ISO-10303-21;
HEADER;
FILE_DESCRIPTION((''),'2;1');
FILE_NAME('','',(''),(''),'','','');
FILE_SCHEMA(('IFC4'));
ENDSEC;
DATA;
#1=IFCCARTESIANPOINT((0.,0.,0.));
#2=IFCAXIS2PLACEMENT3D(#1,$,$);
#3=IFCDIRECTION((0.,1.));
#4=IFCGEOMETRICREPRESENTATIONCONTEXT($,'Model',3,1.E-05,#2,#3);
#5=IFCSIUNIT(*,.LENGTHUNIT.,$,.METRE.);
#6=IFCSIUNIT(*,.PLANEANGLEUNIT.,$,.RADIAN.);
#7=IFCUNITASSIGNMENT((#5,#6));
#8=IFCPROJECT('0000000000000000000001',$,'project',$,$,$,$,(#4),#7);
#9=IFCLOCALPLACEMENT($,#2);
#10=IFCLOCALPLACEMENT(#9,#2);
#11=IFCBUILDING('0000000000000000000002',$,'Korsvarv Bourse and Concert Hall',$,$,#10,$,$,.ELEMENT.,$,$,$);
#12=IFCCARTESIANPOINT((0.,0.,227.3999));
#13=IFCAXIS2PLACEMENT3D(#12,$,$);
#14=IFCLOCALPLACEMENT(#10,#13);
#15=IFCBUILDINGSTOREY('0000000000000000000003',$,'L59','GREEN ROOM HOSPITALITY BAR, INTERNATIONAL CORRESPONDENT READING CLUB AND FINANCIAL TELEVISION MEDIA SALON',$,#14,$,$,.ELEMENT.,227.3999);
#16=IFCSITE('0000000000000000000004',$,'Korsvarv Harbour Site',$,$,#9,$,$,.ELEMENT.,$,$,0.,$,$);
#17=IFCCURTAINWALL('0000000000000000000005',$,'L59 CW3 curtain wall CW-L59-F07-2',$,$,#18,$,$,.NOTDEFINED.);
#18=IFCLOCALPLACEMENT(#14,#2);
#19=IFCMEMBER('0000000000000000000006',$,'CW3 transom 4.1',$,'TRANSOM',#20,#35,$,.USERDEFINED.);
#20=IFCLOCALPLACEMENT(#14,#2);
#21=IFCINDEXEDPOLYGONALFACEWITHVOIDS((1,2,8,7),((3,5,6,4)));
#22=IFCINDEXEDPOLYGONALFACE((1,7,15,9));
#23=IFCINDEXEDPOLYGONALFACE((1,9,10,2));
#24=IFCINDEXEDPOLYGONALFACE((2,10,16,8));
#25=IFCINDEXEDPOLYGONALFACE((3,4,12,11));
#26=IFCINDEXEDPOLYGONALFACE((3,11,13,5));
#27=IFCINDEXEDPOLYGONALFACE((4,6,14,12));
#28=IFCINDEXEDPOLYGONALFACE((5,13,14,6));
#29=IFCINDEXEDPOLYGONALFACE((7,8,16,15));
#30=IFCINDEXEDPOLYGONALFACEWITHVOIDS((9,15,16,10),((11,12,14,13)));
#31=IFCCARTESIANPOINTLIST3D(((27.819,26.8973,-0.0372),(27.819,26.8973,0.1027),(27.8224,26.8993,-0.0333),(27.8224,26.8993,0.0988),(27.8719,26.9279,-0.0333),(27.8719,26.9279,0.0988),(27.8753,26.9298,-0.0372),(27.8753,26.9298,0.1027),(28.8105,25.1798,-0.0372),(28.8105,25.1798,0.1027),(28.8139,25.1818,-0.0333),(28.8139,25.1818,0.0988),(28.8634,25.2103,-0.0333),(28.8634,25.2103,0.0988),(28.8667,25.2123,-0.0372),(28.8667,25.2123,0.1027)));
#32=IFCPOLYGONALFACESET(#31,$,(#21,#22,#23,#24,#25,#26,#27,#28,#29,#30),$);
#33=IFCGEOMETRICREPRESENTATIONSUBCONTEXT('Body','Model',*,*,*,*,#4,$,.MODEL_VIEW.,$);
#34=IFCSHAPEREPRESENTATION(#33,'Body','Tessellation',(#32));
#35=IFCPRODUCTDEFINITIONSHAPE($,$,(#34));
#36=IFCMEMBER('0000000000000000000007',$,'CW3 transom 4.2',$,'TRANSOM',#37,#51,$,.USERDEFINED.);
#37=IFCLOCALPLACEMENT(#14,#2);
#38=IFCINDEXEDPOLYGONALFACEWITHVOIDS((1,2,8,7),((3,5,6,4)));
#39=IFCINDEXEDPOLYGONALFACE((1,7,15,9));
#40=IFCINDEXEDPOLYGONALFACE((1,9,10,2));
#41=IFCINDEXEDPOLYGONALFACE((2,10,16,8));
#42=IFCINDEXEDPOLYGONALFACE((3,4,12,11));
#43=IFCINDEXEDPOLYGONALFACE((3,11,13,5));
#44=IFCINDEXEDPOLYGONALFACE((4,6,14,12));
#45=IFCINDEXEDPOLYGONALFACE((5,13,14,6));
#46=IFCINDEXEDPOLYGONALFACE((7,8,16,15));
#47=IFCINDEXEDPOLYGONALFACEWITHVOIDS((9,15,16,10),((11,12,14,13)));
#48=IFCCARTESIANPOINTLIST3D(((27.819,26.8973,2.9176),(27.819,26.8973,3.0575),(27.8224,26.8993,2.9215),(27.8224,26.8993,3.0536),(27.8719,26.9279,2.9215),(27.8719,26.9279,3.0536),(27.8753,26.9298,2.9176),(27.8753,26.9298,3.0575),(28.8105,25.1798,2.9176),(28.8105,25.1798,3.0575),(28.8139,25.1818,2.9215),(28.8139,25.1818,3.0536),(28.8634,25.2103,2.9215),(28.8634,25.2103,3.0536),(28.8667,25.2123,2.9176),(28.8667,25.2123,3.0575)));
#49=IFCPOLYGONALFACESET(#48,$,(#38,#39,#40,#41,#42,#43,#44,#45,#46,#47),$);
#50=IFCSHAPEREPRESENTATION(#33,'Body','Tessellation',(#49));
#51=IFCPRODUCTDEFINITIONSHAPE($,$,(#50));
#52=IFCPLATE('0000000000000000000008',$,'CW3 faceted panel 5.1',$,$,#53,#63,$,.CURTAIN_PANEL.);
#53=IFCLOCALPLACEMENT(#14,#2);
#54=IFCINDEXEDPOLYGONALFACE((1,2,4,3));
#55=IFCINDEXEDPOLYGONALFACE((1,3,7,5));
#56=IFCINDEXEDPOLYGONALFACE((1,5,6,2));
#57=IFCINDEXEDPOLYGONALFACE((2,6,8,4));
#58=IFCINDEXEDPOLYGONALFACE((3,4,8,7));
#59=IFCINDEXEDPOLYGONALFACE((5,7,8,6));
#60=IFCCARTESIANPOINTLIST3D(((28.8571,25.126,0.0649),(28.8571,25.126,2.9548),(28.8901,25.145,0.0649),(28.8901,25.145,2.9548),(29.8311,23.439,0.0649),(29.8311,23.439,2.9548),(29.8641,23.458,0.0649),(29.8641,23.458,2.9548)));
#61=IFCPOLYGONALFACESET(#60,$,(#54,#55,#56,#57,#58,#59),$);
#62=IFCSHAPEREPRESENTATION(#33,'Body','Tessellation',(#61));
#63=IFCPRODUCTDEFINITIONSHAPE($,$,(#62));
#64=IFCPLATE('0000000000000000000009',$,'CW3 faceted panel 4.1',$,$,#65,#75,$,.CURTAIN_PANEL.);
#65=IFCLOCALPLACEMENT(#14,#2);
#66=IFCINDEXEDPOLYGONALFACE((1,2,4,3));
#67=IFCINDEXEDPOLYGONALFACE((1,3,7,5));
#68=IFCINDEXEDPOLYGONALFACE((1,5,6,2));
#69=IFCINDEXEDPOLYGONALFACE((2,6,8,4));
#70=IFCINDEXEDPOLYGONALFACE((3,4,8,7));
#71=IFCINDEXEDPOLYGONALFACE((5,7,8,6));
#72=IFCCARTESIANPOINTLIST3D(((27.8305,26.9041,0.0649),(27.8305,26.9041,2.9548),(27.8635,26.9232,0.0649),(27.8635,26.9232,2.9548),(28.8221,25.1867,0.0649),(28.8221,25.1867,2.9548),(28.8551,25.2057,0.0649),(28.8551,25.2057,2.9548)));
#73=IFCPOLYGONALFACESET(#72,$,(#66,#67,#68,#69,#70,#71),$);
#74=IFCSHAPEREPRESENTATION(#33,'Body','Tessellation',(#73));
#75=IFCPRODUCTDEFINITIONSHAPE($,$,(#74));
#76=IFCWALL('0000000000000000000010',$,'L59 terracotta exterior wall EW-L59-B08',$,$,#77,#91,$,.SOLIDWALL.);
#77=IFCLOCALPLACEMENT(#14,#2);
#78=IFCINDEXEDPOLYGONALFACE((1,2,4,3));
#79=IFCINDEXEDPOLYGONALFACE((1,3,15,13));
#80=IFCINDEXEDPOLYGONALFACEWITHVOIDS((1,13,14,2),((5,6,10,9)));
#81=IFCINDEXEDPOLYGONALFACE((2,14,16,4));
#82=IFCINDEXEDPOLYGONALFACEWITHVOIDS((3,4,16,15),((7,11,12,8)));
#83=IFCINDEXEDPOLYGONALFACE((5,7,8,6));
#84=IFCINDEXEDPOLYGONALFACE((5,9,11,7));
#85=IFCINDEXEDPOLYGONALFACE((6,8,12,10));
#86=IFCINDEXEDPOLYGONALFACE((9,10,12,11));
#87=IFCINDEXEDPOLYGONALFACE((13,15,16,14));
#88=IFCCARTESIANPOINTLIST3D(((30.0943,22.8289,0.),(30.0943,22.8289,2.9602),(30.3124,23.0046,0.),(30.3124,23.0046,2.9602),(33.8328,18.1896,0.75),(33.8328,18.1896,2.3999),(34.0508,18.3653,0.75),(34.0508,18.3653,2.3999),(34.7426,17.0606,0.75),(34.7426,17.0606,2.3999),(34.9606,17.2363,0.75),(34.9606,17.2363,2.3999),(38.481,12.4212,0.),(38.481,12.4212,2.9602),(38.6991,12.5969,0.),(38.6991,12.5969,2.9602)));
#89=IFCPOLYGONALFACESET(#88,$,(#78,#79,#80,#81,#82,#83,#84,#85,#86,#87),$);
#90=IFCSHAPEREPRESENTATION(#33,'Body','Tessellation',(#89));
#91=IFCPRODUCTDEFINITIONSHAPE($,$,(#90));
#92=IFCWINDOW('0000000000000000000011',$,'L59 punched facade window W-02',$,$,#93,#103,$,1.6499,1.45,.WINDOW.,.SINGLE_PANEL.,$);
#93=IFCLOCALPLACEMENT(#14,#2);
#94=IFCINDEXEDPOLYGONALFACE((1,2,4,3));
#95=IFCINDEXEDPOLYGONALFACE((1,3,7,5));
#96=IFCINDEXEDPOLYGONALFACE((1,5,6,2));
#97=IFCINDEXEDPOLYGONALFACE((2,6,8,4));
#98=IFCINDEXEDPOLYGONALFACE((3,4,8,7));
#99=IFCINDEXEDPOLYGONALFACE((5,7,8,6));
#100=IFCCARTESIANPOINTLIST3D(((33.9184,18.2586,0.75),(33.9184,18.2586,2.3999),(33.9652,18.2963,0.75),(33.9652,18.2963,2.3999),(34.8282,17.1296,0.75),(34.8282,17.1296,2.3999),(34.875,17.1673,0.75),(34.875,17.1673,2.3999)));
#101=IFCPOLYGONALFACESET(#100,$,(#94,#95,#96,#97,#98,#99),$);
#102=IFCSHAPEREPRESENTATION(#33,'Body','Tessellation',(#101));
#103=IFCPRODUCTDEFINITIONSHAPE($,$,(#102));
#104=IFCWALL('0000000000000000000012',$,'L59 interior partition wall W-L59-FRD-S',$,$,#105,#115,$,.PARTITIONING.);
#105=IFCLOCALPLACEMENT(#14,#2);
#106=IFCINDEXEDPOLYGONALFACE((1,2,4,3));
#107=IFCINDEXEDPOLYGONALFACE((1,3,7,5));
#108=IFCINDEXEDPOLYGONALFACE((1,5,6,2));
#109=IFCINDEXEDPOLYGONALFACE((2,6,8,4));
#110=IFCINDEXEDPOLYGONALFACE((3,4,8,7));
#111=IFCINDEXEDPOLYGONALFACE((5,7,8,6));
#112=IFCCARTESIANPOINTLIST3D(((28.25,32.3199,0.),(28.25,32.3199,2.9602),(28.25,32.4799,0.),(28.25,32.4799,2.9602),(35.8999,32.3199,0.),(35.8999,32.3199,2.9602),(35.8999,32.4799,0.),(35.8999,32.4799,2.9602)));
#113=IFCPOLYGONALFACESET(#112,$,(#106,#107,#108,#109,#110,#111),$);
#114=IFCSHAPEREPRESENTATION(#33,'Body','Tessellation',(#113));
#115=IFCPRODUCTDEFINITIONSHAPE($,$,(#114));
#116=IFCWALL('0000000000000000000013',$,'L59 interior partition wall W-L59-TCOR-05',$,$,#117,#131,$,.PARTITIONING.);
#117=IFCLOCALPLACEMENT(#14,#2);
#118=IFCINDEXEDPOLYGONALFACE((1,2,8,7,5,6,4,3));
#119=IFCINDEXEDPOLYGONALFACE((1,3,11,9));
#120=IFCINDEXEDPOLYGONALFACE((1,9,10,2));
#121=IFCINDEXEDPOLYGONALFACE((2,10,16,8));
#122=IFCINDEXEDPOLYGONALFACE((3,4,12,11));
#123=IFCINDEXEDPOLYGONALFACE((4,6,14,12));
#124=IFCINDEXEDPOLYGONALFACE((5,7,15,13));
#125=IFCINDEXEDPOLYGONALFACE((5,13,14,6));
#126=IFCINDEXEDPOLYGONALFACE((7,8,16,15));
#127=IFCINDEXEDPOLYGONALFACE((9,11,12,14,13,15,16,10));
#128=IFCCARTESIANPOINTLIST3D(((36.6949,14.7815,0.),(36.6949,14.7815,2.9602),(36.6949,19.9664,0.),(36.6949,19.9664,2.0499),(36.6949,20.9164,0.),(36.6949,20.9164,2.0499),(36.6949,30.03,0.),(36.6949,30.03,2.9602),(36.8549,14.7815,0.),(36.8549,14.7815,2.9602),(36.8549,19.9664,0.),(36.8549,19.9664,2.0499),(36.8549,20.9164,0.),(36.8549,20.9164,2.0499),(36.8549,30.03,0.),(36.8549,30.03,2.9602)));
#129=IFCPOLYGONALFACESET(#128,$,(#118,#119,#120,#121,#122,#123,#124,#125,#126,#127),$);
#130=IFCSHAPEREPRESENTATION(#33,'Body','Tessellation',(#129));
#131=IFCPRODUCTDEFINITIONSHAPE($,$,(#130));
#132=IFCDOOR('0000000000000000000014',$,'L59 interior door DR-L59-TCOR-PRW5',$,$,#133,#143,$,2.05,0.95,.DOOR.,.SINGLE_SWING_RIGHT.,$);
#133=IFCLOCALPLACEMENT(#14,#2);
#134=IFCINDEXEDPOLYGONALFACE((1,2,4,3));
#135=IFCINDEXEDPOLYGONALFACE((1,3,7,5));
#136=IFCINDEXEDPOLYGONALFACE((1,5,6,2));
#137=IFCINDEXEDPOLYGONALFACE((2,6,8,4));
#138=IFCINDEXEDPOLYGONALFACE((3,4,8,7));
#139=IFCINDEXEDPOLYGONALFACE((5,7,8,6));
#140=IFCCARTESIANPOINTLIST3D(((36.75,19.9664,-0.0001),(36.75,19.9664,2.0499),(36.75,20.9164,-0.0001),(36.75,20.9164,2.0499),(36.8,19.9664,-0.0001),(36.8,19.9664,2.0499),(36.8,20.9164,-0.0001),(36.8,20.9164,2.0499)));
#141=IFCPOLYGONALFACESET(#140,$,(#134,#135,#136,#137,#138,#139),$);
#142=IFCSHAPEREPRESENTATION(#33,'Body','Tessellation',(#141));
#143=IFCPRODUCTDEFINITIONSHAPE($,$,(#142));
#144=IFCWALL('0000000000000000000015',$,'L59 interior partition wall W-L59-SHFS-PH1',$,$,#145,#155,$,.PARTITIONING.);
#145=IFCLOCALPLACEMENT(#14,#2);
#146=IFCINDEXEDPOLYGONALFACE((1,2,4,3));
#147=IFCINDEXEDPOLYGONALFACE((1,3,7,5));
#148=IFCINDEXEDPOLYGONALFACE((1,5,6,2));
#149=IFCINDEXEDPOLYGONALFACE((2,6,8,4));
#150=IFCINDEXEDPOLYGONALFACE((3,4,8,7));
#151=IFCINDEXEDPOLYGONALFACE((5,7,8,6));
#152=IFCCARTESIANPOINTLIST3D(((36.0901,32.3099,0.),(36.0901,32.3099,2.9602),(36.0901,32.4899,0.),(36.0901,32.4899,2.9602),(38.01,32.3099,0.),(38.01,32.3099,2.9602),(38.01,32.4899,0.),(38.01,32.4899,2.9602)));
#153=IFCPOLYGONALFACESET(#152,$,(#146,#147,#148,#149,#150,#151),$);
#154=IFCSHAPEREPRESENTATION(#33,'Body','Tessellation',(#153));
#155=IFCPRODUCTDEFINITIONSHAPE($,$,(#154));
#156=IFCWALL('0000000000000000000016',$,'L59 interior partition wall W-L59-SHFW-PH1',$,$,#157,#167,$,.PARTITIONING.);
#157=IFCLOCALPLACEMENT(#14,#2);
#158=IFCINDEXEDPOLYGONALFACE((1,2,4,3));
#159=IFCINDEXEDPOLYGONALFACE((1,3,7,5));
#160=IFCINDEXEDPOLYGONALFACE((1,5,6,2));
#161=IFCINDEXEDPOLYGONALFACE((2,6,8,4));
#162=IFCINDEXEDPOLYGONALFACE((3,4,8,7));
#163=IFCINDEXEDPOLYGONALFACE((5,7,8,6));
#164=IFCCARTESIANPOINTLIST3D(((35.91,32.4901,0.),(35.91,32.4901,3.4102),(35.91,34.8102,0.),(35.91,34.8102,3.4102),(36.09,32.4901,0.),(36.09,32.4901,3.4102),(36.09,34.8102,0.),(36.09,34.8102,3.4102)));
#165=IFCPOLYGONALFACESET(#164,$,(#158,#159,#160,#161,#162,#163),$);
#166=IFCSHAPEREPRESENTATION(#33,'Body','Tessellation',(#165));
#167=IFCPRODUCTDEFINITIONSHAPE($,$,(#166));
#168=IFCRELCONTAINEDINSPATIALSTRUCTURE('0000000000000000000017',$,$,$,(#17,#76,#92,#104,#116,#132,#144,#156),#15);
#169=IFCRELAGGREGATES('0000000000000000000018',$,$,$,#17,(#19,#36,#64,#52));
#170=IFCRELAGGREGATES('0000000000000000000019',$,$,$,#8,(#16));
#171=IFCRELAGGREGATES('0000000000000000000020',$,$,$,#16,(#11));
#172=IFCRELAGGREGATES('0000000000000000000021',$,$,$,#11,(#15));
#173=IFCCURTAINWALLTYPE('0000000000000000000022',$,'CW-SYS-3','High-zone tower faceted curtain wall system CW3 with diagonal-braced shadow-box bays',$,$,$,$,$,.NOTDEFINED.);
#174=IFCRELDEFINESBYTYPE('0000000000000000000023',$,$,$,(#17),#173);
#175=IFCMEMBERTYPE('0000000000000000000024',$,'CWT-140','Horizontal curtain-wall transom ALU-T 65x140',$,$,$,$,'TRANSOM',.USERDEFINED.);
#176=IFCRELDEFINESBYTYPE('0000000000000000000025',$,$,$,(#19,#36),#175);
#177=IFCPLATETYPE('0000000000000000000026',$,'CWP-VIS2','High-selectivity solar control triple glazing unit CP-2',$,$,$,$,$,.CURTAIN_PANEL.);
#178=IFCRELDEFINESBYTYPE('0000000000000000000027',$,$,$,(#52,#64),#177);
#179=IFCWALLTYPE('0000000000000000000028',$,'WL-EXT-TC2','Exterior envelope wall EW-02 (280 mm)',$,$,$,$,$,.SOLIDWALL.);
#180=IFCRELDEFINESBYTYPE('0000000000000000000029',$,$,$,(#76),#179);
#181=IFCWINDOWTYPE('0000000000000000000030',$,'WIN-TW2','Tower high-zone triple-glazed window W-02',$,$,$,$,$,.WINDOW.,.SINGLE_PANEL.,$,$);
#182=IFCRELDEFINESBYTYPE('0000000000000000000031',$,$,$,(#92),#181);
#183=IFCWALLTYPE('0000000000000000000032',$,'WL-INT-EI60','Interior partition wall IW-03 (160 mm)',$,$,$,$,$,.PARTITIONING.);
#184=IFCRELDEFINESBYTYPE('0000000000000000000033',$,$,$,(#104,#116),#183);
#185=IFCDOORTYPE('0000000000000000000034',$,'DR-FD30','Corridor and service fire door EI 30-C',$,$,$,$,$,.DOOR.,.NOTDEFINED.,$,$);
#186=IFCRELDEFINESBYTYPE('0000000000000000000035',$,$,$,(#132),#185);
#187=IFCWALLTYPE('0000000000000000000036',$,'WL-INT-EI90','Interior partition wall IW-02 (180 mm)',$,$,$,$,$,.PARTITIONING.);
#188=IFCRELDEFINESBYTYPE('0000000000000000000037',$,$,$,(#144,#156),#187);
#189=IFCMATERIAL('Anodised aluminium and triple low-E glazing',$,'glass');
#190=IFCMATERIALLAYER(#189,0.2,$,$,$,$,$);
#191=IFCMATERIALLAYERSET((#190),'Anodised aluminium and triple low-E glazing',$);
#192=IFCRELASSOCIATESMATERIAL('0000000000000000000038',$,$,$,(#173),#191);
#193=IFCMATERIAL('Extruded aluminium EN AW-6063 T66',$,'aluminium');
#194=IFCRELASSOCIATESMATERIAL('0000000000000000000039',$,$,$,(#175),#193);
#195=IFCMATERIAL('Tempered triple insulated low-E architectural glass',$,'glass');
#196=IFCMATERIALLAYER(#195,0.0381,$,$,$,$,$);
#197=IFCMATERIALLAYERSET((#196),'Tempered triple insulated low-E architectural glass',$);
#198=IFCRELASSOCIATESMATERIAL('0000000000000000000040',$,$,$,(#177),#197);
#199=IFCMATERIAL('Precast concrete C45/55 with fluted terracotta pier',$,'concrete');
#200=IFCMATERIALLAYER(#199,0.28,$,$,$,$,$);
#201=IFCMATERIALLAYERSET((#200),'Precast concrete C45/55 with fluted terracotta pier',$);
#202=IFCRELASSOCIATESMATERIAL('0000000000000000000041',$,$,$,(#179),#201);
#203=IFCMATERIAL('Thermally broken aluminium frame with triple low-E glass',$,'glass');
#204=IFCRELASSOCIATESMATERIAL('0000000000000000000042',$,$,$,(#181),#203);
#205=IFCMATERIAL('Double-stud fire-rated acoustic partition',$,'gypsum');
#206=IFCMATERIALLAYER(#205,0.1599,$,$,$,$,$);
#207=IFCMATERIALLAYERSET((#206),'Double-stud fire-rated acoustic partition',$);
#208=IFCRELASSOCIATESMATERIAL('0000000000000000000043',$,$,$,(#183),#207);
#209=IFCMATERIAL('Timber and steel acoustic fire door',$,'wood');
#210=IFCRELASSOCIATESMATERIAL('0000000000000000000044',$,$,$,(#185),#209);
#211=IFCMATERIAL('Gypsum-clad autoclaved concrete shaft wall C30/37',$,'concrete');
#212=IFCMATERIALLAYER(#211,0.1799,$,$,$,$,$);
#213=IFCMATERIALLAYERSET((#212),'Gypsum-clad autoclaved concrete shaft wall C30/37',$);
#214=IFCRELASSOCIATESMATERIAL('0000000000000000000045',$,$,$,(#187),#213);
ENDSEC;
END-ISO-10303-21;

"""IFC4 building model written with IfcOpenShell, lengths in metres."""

from ifc_helpers import new_model, si_unit, direction, frame, frame_2d, origin, origin_2d, place, context, subcontext, project, spatial, rectangle, hollow_rectangle, extrude, source, transform, mapped, material, layer, layer_set, material_profile, profile_set, type_object, element, fill, aggregate, save


model = new_model("IFC4")

# Units and contexts
model_context = context("Model", 3, precision=1e-05, world=origin(), true_north=direction((0.0, 1.0)))
body_context = subcontext(model_context, "Body", "Model", "MODEL_VIEW")
ifc_project = project(units=[si_unit("LENGTHUNIT", "METRE"), si_unit("PLANEANGLEUNIT", "RADIAN")], contexts=[model_context])

# Site, building, storey
site_placement = place(None, origin())
site = spatial("IfcSite", under=ifc_project, at=site_placement, Name="Korsvarv Harbour Site", CompositionType="ELEMENT", RefElevation=0.0)
building_placement = place(site_placement, origin())
building = spatial("IfcBuilding", under=site, at=building_placement, Name="Korsvarv Bourse and Concert Hall", CompositionType="ELEMENT")
storey_placement = place(building_placement, frame((0.0, 0.0, 227.3999)))
storey = spatial("IfcBuildingStorey", under=building, at=storey_placement, Name="L59", Description="GREEN ROOM HOSPITALITY BAR, INTERNATIONAL CORRESPONDENT READING CLUB AND FINANCIAL TELEVISION MEDIA SALON", CompositionType="ELEMENT", Elevation=227.3999)

# Curtain wall, members, plates
ifc_material_1 = material(Name="Anodised aluminium and triple low-E glazing", Category="glass")
ifc_layer_1 = layer(ifc_material_1, 0.2)
ifc_layer_set_1 = layer_set([ifc_layer_1], Name="Anodised aluminium and triple low-E glazing")
curtain_wall_type = type_object("IfcCurtainWallType", Name="CW-SYS-3", Description="High-zone tower faceted curtain wall system CW3 with diagonal-braced shadow-box bays", PredefinedType="NOTDEFINED", material=ifc_layer_set_1)
curtain_wall_placement = place(storey_placement, origin())
curtain_wall = element("IfcCurtainWall", 1, at=curtain_wall_placement, inside=storey, type_object=curtain_wall_type, Name="L59 CW3 curtain wall CW-L59-F07-2", PredefinedType="NOTDEFINED")
ifc_material_2 = material(Name="Extruded aluminium EN AW-6063 T66", Category="aluminium")
ifc_material_profile_1 = material_profile(ifc_material_2, hollow_rectangle(XDim=0.0649, YDim=0.1399, WallThickness=0.0039, at=origin_2d()), Name="ALU-T 65x140")
ifc_profile_set_1 = profile_set([ifc_material_profile_1], Name="Extruded aluminium EN AW-6063 T66")
member_type_1 = type_object("IfcMemberType", Name="CWT-140", Description="Horizontal curtain-wall transom ALU-T 65x140", ElementType="TRANSOM", PredefinedType="USERDEFINED", material=ifc_profile_set_1)
shared_shape_1 = source(origin(), body_context, "Body", "SweptSolid", [
    extrude(hollow_rectangle(XDim=0.0649, YDim=0.1399, WallThickness=0.0039, at=origin_2d()), origin(), (0.0, 0.0, 1.0), 1.9832),
])
member_1_placement = place(storey_placement, frame((27.8472, 26.9136, 0.0327), z_axis=(0.499939, -0.866061, 0.0), x_axis=(0.866061, 0.499939, 0.0)))
member_1 = element("IfcMember", 2, at=member_1_placement, type_object=member_type_1, Name="CW3 transom 4.1", ObjectType="TRANSOM", PredefinedType="USERDEFINED", context=body_context, shape_type="MappedRepresentation", body=[
    mapped(shared_shape_1, transform((0.0, 0.0, 0.0), scale=1.0)),
])
member_2_placement = place(storey_placement, frame((27.8472, 26.9136, 2.9875), z_axis=(0.499939, -0.866061, 0.0), x_axis=(0.866061, 0.499939, 0.0)))
member_2 = element("IfcMember", 3, at=member_2_placement, type_object=member_type_1, Name="CW3 transom 4.2", ObjectType="TRANSOM", PredefinedType="USERDEFINED", context=body_context, shape_type="MappedRepresentation", body=[
    mapped(shared_shape_1, transform((0.0, 0.0, 0.0), scale=1.0)),
])
ifc_material_3 = material(Name="Tempered triple insulated low-E architectural glass", Category="glass")
ifc_layer_2 = layer(ifc_material_3, 0.0381)
ifc_layer_set_2 = layer_set([ifc_layer_2], Name="Tempered triple insulated low-E architectural glass")
plate_type = type_object("IfcPlateType", Name="CWP-VIS2", Description="High-selectivity solar control triple glazing unit CP-2", PredefinedType="CURTAIN_PANEL", material=ifc_layer_set_2)
shared_shape_2 = source(origin(), body_context, "Body", "SweptSolid", [
    extrude(rectangle(XDim=1.948, YDim=0.0381, at=origin_2d()), origin(), (0.0, 0.0, 1.0), 2.8899),
])
plate_1_placement = place(storey_placement, frame((29.3606, 24.292, 0.0649), z_axis=(0.0, 0.0, 1.0), x_axis=(0.5, -0.866025, 0.0)))
plate_1 = element("IfcPlate", 4, at=plate_1_placement, type_object=plate_type, Name="CW3 faceted panel 5.1", PredefinedType="CURTAIN_PANEL", context=body_context, shape_type="MappedRepresentation", body=[
    mapped(shared_shape_2, transform((0.0, 0.0, 0.0), scale=1.0)),
])
shared_shape_3 = source(origin(), body_context, "Body", "SweptSolid", [
    extrude(rectangle(XDim=1.9832, YDim=0.0381, at=origin_2d()), origin(), (0.0, 0.0, 1.0), 2.8899),
])
plate_2_placement = place(storey_placement, frame((28.3428, 26.0549, 0.0649), z_axis=(0.0, 0.0, 1.0), x_axis=(0.5, -0.866025, 0.0)))
plate_2 = element("IfcPlate", 5, at=plate_2_placement, type_object=plate_type, Name="CW3 faceted panel 4.1", PredefinedType="CURTAIN_PANEL", context=body_context, shape_type="MappedRepresentation", body=[
    mapped(shared_shape_3, transform((0.0, 0.0, 0.0), scale=1.0)),
])
aggregate(curtain_wall, [member_1, member_2, plate_2, plate_1])

# Wall, opening, window
ifc_material_4 = material(Name="Precast concrete C45/55 with fluted terracotta pier", Category="concrete")
ifc_layer_3 = layer(ifc_material_4, 0.28)
ifc_layer_set_3 = layer_set([ifc_layer_3], Name="Precast concrete C45/55 with fluted terracotta pier")
wall_type_1 = type_object("IfcWallType", Name="WL-EXT-TC2", Description="Exterior envelope wall EW-02 (280 mm)", PredefinedType="SOLIDWALL", material=ifc_layer_set_3)
wall_1_placement = place(storey_placement, frame((30.2034, 22.9167, 0.0), z_axis=(0.0, 0.0, 1.0), x_axis=(0.627453, -0.778654, 0.0)))
wall_1 = element("IfcWall", 6, at=wall_1_placement, inside=storey, type_object=wall_type_1, Name="L59 terracotta exterior wall EW-L59-B08", PredefinedType="SOLIDWALL", context=body_context, shape_type="SweptSolid", body=[
    extrude(rectangle(XDim=13.3662, YDim=0.28, at=frame_2d((6.6831, 0.0))), origin(), (0.0, 0.0, 1.0), 2.9602),
])
opening_1_placement = place(wall_1_placement, frame((5.958, 0.0, 0.75)))
opening_1 = element("IfcOpeningElement", 7, at=opening_1_placement, cuts=wall_1, PredefinedType="OPENING", context=body_context, shape_type="SweptSolid", body=[
    extrude(rectangle(XDim=1.45, YDim=1.6499, at=frame_2d((0.7251, 0.825))), frame((0.0, 0.1499, 0.0), z_axis=(0.0, -1.0, 0.0), x_axis=(1.0, 0.0, 0.0)), (0.0, 0.0, 1.0), 0.3),
])
ifc_material_5 = material(Name="Thermally broken aluminium frame with triple low-E glass", Category="glass")
window_type = type_object("IfcWindowType", Name="WIN-TW2", Description="Tower high-zone triple-glazed window W-02", PartitioningType="SINGLE_PANEL", PredefinedType="WINDOW", material=ifc_material_5)
window_placement = place(opening_1_placement, origin())
window = element("IfcWindow", 8, at=window_placement, inside=storey, type_object=window_type, Name="L59 punched facade window W-02", OverallHeight=1.6499, OverallWidth=1.45, PartitioningType="SINGLE_PANEL", PredefinedType="WINDOW", context=body_context, shape_type="SweptSolid", body=[
    extrude(rectangle(XDim=1.45, YDim=1.6499, at=frame_2d((0.7251, 0.825))), frame((0.0, 0.03, 0.0), z_axis=(0.0, -1.0, 0.0), x_axis=(1.0, 0.0, 0.0)), (0.0, 0.0, 1.0), 0.0601),
])
fill(opening_1, window)

# Wall
ifc_material_6 = material(Name="Double-stud fire-rated acoustic partition", Category="gypsum")
ifc_layer_4 = layer(ifc_material_6, 0.1599)
ifc_layer_set_4 = layer_set([ifc_layer_4], Name="Double-stud fire-rated acoustic partition")
wall_type_2 = type_object("IfcWallType", Name="WL-INT-EI60", Description="Interior partition wall IW-03 (160 mm)", PredefinedType="PARTITIONING", material=ifc_layer_set_4)
wall_2_placement = place(storey_placement, frame((28.25, 32.3999, 0.0), z_axis=(0.0, 0.0, 1.0), x_axis=(1.0, 0.0, 0.0)))
element("IfcWall", 9, at=wall_2_placement, inside=storey, type_object=wall_type_2, Name="L59 interior partition wall W-L59-FRD-S", PredefinedType="PARTITIONING", context=body_context, shape_type="SweptSolid", body=[
    extrude(rectangle(XDim=7.6499, YDim=0.1599, at=frame_2d((3.825, 0.0))), origin(), (0.0, 0.0, 1.0), 2.9602),
])

# Wall, opening, door
wall_3_placement = place(storey_placement, frame((36.7749, 14.7815, 0.0), z_axis=(0.0, 0.0, 1.0), x_axis=(0.0, 1.0, 0.0)))
wall_3 = element("IfcWall", 10, at=wall_3_placement, inside=storey, type_object=wall_type_2, Name="L59 interior partition wall W-L59-TCOR-05", PredefinedType="PARTITIONING", context=body_context, shape_type="SweptSolid", body=[
    extrude(rectangle(XDim=15.2485, YDim=0.1599, at=frame_2d((7.6243, 0.0))), origin(), (0.0, 0.0, 1.0), 2.9602),
])
opening_2_placement = place(wall_3_placement, frame((5.1848, 0.0, 0.0)))
opening_2 = element("IfcOpeningElement", 11, at=opening_2_placement, cuts=wall_3, PredefinedType="OPENING", context=body_context, shape_type="SweptSolid", body=[
    extrude(rectangle(XDim=0.95, YDim=2.05, at=frame_2d((0.4751, 1.0249))), frame((0.0, 0.0898, 0.0), z_axis=(0.0, -1.0, 0.0), x_axis=(1.0, 0.0, 0.0)), (0.0, 0.0, 1.0), 0.1799),
])
ifc_material_7 = material(Name="Timber and steel acoustic fire door", Category="wood")
door_type_1 = type_object("IfcDoorType", Name="DR-FD30", Description="Corridor and service fire door EI 30-C", OperationType="NOTDEFINED", PredefinedType="DOOR", material=ifc_material_7)
door_1_placement = place(opening_2_placement, origin())
door_1 = element("IfcDoor", 12, at=door_1_placement, inside=storey, type_object=door_type_1, Name="L59 interior door DR-L59-TCOR-PRW5", OperationType="SINGLE_SWING_RIGHT", OverallHeight=2.05, OverallWidth=0.95, PredefinedType="DOOR", context=body_context, shape_type="SweptSolid", body=[
    extrude(rectangle(XDim=0.95, YDim=2.05, at=frame_2d((0.4751, 1.0249))), frame((0.0, 0.0249, 0.0), z_axis=(0.0, -1.0, 0.0), x_axis=(1.0, 0.0, 0.0)), (0.0, 0.0, 1.0), 0.05),
])
fill(opening_2, door_1)

# Walls
ifc_material_8 = material(Name="Gypsum-clad autoclaved concrete shaft wall C30/37", Category="concrete")
ifc_layer_5 = layer(ifc_material_8, 0.1799)
ifc_layer_set_5 = layer_set([ifc_layer_5], Name="Gypsum-clad autoclaved concrete shaft wall C30/37")
wall_type_3 = type_object("IfcWallType", Name="WL-INT-EI90", Description="Interior partition wall IW-02 (180 mm)", PredefinedType="PARTITIONING", material=ifc_layer_set_5)
wall_4_placement = place(storey_placement, frame((36.0901, 32.3999, 0.0), z_axis=(0.0, 0.0, 1.0), x_axis=(1.0, 0.0, 0.0)))
element("IfcWall", 13, at=wall_4_placement, inside=storey, type_object=wall_type_3, Name="L59 interior partition wall W-L59-SHFS-PH1", PredefinedType="PARTITIONING", context=body_context, shape_type="SweptSolid", body=[
    extrude(rectangle(XDim=1.9199, YDim=0.1799, at=frame_2d((0.96, 0.0))), origin(), (0.0, 0.0, 1.0), 2.9602),
])
wall_5_placement = place(storey_placement, frame((36.0, 32.49, 0.0), z_axis=(0.0, 0.0, 1.0), x_axis=(0.0, 1.0, 0.0)))
element("IfcWall", 14, at=wall_5_placement, inside=storey, type_object=wall_type_3, Name="L59 interior partition wall W-L59-SHFW-PH1", PredefinedType="PARTITIONING", context=body_context, shape_type="SweptSolid", body=[
    extrude(rectangle(XDim=2.3201, YDim=0.1799, at=frame_2d((1.1602, 0.0))), origin(), (0.0, 0.0, 1.0), 3.4102),
])

save(model, "model.ifc")
